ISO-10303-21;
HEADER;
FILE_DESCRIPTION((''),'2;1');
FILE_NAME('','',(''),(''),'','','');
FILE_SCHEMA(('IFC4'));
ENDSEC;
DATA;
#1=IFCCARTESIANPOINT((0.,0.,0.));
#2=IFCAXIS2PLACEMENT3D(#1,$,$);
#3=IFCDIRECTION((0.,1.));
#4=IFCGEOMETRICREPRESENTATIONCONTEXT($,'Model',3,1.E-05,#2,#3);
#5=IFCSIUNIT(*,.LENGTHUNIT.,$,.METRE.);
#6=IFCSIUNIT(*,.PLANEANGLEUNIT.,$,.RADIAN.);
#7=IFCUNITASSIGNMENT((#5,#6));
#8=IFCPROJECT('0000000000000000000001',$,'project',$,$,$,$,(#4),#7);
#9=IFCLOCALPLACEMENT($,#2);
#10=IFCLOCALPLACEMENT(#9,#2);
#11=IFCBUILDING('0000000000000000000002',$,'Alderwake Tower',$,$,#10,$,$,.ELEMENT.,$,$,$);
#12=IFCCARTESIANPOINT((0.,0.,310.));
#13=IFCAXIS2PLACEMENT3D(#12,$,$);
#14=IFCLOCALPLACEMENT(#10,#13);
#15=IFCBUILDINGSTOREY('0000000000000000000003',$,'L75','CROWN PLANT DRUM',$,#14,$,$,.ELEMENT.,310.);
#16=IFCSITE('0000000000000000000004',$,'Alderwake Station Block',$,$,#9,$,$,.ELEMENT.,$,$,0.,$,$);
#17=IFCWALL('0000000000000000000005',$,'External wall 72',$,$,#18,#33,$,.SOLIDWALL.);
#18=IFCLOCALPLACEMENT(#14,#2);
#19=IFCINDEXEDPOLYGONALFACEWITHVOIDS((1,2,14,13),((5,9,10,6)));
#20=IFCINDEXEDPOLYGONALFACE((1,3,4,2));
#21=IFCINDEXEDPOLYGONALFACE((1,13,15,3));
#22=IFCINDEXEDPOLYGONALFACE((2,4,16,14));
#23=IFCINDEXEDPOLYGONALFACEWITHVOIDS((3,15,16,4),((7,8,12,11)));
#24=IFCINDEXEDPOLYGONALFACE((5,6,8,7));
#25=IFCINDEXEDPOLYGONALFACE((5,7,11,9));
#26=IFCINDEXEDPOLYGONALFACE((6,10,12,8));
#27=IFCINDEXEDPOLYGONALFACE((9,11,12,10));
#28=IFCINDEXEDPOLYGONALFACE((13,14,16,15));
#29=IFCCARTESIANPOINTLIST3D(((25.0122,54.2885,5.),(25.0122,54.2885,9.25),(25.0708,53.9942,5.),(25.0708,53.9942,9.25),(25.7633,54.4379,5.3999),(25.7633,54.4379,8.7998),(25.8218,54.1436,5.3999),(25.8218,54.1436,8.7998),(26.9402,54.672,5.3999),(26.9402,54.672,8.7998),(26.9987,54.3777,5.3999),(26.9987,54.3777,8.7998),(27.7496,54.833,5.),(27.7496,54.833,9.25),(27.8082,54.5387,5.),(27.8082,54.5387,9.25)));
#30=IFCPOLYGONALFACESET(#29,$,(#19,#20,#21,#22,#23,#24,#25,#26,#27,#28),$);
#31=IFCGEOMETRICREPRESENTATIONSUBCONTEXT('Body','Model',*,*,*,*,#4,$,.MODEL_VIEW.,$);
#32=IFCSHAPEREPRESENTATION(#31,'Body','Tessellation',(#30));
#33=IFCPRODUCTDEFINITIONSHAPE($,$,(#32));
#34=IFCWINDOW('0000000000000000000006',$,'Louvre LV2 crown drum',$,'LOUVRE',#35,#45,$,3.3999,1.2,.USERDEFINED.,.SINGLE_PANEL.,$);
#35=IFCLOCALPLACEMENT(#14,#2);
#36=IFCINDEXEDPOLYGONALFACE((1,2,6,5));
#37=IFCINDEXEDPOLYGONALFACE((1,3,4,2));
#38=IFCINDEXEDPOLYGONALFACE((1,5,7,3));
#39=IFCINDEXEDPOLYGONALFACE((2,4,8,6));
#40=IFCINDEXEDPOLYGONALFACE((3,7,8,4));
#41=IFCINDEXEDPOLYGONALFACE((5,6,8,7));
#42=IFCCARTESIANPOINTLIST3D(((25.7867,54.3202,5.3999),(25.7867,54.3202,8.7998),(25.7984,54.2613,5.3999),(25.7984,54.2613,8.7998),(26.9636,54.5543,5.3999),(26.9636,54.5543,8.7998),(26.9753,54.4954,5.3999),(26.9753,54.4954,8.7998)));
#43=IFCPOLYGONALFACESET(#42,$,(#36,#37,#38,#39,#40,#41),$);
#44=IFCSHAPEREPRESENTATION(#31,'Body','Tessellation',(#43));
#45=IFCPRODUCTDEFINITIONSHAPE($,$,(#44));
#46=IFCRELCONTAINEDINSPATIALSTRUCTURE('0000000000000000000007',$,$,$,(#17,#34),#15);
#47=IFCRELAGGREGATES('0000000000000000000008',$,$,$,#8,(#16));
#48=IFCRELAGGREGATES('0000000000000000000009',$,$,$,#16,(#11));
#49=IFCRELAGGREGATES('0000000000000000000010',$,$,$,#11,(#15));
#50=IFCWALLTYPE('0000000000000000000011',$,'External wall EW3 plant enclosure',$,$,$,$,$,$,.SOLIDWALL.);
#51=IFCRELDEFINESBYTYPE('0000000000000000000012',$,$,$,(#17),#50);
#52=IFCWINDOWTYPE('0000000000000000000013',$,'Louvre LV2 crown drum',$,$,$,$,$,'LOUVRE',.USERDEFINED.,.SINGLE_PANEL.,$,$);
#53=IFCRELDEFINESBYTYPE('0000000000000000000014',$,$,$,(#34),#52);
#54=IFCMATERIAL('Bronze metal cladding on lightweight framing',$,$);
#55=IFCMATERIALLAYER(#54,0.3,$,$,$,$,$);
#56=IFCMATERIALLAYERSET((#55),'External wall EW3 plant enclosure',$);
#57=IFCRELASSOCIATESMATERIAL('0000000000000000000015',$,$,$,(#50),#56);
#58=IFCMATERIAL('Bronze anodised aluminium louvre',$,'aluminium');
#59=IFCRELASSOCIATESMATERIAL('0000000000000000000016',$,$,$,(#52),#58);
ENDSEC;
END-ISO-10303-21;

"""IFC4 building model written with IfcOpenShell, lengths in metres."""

from ifc_helpers import new_model, si_unit, direction, frame, frame_2d, origin, place, context, subcontext, project, spatial, rectangle, extrude, material, layer, layer_set, type_object, element, fill, save


model = new_model("IFC4")

# Units and contexts
model_context = context("Model", 3, precision=1e-05, world=origin(), true_north=direction((0.0, 1.0)))
body_context = subcontext(model_context, "Body", "Model", "MODEL_VIEW")
ifc_project = project(units=[si_unit("LENGTHUNIT", "METRE"), si_unit("PLANEANGLEUNIT", "RADIAN")], contexts=[model_context])

# Site, building, storey
site_placement = place(None, origin())
site = spatial("IfcSite", under=ifc_project, at=site_placement, Name="Alderwake Station Block", CompositionType="ELEMENT", RefElevation=0.0)
building_placement = place(site_placement, origin())
building = spatial("IfcBuilding", under=site, at=building_placement, Name="Alderwake Tower", CompositionType="ELEMENT")
storey_placement = place(building_placement, frame((0.0, 0.0, 310.0)))
storey = spatial("IfcBuildingStorey", under=building, at=storey_placement, Name="L75", Description="CROWN PLANT DRUM", CompositionType="ELEMENT", Elevation=310.0)

# Wall, opening, window
ifc_material_1 = material(Name="Bronze metal cladding on lightweight framing")
ifc_layer_1 = layer(ifc_material_1, 0.3)
ifc_layer_set_1 = layer_set([ifc_layer_1], Name="External wall EW3 plant enclosure")
wall_type_1 = type_object("IfcWallType", Name="External wall EW3 plant enclosure", PredefinedType="SOLIDWALL", material=ifc_layer_set_1)
wall_1_placement = place(storey_placement, frame((25.0415, 54.1414, 5.0), z_axis=(0.0, 0.0, 1.0), x_axis=(0.980789, 0.195073, 0.0)))
wall_1 = element("IfcWall", 1, at=wall_1_placement, inside=storey, type_object=wall_type_1, Name="External wall 72", PredefinedType="SOLIDWALL", context=body_context, shape_type="SweptSolid", body=[
    extrude(rectangle(XDim=2.791, YDim=0.3, at=frame_2d((1.3955, 0.0))), origin(), (0.0, 0.0, 1.0), 4.25),
])
opening_placement = place(wall_1_placement, frame((0.7656, 0.0, 0.3999)))
opening = element("IfcOpeningElement", 2, at=opening_placement, cuts=wall_1, PredefinedType="OPENING", context=body_context, shape_type="SweptSolid", body=[
    extrude(rectangle(XDim=1.2, YDim=3.3999, at=frame_2d((0.6001, 1.7))), frame((0.0, 0.1599, 0.0), z_axis=(0.0, -1.0, 0.0), x_axis=(1.0, 0.0, 0.0)), (0.0, 0.0, 1.0), 0.3201),
])
ifc_material_2 = material(Name="Bronze anodised aluminium louvre", Category="aluminium")
window_type = type_object("IfcWindowType", Name="Louvre LV2 crown drum", ElementType="LOUVRE", PartitioningType="SINGLE_PANEL", PredefinedType="USERDEFINED", material=ifc_material_2)
window_placement = place(opening_placement, origin())
window = element("IfcWindow", 3, at=window_placement, inside=storey, type_object=window_type, Name="Louvre LV2 crown drum", ObjectType="LOUVRE", OverallHeight=3.3999, OverallWidth=1.2, PartitioningType="SINGLE_PANEL", PredefinedType="USERDEFINED", context=body_context, shape_type="SweptSolid", body=[
    extrude(rectangle(XDim=1.2, YDim=3.3999, at=frame_2d((0.6001, 1.7))), frame((0.0, 0.03, 0.0), z_axis=(0.0, -1.0, 0.0), x_axis=(1.0, 0.0, 0.0)), (0.0, 0.0, 1.0), 0.0601),
])
fill(opening, window)

save(model, "model.ifc")
